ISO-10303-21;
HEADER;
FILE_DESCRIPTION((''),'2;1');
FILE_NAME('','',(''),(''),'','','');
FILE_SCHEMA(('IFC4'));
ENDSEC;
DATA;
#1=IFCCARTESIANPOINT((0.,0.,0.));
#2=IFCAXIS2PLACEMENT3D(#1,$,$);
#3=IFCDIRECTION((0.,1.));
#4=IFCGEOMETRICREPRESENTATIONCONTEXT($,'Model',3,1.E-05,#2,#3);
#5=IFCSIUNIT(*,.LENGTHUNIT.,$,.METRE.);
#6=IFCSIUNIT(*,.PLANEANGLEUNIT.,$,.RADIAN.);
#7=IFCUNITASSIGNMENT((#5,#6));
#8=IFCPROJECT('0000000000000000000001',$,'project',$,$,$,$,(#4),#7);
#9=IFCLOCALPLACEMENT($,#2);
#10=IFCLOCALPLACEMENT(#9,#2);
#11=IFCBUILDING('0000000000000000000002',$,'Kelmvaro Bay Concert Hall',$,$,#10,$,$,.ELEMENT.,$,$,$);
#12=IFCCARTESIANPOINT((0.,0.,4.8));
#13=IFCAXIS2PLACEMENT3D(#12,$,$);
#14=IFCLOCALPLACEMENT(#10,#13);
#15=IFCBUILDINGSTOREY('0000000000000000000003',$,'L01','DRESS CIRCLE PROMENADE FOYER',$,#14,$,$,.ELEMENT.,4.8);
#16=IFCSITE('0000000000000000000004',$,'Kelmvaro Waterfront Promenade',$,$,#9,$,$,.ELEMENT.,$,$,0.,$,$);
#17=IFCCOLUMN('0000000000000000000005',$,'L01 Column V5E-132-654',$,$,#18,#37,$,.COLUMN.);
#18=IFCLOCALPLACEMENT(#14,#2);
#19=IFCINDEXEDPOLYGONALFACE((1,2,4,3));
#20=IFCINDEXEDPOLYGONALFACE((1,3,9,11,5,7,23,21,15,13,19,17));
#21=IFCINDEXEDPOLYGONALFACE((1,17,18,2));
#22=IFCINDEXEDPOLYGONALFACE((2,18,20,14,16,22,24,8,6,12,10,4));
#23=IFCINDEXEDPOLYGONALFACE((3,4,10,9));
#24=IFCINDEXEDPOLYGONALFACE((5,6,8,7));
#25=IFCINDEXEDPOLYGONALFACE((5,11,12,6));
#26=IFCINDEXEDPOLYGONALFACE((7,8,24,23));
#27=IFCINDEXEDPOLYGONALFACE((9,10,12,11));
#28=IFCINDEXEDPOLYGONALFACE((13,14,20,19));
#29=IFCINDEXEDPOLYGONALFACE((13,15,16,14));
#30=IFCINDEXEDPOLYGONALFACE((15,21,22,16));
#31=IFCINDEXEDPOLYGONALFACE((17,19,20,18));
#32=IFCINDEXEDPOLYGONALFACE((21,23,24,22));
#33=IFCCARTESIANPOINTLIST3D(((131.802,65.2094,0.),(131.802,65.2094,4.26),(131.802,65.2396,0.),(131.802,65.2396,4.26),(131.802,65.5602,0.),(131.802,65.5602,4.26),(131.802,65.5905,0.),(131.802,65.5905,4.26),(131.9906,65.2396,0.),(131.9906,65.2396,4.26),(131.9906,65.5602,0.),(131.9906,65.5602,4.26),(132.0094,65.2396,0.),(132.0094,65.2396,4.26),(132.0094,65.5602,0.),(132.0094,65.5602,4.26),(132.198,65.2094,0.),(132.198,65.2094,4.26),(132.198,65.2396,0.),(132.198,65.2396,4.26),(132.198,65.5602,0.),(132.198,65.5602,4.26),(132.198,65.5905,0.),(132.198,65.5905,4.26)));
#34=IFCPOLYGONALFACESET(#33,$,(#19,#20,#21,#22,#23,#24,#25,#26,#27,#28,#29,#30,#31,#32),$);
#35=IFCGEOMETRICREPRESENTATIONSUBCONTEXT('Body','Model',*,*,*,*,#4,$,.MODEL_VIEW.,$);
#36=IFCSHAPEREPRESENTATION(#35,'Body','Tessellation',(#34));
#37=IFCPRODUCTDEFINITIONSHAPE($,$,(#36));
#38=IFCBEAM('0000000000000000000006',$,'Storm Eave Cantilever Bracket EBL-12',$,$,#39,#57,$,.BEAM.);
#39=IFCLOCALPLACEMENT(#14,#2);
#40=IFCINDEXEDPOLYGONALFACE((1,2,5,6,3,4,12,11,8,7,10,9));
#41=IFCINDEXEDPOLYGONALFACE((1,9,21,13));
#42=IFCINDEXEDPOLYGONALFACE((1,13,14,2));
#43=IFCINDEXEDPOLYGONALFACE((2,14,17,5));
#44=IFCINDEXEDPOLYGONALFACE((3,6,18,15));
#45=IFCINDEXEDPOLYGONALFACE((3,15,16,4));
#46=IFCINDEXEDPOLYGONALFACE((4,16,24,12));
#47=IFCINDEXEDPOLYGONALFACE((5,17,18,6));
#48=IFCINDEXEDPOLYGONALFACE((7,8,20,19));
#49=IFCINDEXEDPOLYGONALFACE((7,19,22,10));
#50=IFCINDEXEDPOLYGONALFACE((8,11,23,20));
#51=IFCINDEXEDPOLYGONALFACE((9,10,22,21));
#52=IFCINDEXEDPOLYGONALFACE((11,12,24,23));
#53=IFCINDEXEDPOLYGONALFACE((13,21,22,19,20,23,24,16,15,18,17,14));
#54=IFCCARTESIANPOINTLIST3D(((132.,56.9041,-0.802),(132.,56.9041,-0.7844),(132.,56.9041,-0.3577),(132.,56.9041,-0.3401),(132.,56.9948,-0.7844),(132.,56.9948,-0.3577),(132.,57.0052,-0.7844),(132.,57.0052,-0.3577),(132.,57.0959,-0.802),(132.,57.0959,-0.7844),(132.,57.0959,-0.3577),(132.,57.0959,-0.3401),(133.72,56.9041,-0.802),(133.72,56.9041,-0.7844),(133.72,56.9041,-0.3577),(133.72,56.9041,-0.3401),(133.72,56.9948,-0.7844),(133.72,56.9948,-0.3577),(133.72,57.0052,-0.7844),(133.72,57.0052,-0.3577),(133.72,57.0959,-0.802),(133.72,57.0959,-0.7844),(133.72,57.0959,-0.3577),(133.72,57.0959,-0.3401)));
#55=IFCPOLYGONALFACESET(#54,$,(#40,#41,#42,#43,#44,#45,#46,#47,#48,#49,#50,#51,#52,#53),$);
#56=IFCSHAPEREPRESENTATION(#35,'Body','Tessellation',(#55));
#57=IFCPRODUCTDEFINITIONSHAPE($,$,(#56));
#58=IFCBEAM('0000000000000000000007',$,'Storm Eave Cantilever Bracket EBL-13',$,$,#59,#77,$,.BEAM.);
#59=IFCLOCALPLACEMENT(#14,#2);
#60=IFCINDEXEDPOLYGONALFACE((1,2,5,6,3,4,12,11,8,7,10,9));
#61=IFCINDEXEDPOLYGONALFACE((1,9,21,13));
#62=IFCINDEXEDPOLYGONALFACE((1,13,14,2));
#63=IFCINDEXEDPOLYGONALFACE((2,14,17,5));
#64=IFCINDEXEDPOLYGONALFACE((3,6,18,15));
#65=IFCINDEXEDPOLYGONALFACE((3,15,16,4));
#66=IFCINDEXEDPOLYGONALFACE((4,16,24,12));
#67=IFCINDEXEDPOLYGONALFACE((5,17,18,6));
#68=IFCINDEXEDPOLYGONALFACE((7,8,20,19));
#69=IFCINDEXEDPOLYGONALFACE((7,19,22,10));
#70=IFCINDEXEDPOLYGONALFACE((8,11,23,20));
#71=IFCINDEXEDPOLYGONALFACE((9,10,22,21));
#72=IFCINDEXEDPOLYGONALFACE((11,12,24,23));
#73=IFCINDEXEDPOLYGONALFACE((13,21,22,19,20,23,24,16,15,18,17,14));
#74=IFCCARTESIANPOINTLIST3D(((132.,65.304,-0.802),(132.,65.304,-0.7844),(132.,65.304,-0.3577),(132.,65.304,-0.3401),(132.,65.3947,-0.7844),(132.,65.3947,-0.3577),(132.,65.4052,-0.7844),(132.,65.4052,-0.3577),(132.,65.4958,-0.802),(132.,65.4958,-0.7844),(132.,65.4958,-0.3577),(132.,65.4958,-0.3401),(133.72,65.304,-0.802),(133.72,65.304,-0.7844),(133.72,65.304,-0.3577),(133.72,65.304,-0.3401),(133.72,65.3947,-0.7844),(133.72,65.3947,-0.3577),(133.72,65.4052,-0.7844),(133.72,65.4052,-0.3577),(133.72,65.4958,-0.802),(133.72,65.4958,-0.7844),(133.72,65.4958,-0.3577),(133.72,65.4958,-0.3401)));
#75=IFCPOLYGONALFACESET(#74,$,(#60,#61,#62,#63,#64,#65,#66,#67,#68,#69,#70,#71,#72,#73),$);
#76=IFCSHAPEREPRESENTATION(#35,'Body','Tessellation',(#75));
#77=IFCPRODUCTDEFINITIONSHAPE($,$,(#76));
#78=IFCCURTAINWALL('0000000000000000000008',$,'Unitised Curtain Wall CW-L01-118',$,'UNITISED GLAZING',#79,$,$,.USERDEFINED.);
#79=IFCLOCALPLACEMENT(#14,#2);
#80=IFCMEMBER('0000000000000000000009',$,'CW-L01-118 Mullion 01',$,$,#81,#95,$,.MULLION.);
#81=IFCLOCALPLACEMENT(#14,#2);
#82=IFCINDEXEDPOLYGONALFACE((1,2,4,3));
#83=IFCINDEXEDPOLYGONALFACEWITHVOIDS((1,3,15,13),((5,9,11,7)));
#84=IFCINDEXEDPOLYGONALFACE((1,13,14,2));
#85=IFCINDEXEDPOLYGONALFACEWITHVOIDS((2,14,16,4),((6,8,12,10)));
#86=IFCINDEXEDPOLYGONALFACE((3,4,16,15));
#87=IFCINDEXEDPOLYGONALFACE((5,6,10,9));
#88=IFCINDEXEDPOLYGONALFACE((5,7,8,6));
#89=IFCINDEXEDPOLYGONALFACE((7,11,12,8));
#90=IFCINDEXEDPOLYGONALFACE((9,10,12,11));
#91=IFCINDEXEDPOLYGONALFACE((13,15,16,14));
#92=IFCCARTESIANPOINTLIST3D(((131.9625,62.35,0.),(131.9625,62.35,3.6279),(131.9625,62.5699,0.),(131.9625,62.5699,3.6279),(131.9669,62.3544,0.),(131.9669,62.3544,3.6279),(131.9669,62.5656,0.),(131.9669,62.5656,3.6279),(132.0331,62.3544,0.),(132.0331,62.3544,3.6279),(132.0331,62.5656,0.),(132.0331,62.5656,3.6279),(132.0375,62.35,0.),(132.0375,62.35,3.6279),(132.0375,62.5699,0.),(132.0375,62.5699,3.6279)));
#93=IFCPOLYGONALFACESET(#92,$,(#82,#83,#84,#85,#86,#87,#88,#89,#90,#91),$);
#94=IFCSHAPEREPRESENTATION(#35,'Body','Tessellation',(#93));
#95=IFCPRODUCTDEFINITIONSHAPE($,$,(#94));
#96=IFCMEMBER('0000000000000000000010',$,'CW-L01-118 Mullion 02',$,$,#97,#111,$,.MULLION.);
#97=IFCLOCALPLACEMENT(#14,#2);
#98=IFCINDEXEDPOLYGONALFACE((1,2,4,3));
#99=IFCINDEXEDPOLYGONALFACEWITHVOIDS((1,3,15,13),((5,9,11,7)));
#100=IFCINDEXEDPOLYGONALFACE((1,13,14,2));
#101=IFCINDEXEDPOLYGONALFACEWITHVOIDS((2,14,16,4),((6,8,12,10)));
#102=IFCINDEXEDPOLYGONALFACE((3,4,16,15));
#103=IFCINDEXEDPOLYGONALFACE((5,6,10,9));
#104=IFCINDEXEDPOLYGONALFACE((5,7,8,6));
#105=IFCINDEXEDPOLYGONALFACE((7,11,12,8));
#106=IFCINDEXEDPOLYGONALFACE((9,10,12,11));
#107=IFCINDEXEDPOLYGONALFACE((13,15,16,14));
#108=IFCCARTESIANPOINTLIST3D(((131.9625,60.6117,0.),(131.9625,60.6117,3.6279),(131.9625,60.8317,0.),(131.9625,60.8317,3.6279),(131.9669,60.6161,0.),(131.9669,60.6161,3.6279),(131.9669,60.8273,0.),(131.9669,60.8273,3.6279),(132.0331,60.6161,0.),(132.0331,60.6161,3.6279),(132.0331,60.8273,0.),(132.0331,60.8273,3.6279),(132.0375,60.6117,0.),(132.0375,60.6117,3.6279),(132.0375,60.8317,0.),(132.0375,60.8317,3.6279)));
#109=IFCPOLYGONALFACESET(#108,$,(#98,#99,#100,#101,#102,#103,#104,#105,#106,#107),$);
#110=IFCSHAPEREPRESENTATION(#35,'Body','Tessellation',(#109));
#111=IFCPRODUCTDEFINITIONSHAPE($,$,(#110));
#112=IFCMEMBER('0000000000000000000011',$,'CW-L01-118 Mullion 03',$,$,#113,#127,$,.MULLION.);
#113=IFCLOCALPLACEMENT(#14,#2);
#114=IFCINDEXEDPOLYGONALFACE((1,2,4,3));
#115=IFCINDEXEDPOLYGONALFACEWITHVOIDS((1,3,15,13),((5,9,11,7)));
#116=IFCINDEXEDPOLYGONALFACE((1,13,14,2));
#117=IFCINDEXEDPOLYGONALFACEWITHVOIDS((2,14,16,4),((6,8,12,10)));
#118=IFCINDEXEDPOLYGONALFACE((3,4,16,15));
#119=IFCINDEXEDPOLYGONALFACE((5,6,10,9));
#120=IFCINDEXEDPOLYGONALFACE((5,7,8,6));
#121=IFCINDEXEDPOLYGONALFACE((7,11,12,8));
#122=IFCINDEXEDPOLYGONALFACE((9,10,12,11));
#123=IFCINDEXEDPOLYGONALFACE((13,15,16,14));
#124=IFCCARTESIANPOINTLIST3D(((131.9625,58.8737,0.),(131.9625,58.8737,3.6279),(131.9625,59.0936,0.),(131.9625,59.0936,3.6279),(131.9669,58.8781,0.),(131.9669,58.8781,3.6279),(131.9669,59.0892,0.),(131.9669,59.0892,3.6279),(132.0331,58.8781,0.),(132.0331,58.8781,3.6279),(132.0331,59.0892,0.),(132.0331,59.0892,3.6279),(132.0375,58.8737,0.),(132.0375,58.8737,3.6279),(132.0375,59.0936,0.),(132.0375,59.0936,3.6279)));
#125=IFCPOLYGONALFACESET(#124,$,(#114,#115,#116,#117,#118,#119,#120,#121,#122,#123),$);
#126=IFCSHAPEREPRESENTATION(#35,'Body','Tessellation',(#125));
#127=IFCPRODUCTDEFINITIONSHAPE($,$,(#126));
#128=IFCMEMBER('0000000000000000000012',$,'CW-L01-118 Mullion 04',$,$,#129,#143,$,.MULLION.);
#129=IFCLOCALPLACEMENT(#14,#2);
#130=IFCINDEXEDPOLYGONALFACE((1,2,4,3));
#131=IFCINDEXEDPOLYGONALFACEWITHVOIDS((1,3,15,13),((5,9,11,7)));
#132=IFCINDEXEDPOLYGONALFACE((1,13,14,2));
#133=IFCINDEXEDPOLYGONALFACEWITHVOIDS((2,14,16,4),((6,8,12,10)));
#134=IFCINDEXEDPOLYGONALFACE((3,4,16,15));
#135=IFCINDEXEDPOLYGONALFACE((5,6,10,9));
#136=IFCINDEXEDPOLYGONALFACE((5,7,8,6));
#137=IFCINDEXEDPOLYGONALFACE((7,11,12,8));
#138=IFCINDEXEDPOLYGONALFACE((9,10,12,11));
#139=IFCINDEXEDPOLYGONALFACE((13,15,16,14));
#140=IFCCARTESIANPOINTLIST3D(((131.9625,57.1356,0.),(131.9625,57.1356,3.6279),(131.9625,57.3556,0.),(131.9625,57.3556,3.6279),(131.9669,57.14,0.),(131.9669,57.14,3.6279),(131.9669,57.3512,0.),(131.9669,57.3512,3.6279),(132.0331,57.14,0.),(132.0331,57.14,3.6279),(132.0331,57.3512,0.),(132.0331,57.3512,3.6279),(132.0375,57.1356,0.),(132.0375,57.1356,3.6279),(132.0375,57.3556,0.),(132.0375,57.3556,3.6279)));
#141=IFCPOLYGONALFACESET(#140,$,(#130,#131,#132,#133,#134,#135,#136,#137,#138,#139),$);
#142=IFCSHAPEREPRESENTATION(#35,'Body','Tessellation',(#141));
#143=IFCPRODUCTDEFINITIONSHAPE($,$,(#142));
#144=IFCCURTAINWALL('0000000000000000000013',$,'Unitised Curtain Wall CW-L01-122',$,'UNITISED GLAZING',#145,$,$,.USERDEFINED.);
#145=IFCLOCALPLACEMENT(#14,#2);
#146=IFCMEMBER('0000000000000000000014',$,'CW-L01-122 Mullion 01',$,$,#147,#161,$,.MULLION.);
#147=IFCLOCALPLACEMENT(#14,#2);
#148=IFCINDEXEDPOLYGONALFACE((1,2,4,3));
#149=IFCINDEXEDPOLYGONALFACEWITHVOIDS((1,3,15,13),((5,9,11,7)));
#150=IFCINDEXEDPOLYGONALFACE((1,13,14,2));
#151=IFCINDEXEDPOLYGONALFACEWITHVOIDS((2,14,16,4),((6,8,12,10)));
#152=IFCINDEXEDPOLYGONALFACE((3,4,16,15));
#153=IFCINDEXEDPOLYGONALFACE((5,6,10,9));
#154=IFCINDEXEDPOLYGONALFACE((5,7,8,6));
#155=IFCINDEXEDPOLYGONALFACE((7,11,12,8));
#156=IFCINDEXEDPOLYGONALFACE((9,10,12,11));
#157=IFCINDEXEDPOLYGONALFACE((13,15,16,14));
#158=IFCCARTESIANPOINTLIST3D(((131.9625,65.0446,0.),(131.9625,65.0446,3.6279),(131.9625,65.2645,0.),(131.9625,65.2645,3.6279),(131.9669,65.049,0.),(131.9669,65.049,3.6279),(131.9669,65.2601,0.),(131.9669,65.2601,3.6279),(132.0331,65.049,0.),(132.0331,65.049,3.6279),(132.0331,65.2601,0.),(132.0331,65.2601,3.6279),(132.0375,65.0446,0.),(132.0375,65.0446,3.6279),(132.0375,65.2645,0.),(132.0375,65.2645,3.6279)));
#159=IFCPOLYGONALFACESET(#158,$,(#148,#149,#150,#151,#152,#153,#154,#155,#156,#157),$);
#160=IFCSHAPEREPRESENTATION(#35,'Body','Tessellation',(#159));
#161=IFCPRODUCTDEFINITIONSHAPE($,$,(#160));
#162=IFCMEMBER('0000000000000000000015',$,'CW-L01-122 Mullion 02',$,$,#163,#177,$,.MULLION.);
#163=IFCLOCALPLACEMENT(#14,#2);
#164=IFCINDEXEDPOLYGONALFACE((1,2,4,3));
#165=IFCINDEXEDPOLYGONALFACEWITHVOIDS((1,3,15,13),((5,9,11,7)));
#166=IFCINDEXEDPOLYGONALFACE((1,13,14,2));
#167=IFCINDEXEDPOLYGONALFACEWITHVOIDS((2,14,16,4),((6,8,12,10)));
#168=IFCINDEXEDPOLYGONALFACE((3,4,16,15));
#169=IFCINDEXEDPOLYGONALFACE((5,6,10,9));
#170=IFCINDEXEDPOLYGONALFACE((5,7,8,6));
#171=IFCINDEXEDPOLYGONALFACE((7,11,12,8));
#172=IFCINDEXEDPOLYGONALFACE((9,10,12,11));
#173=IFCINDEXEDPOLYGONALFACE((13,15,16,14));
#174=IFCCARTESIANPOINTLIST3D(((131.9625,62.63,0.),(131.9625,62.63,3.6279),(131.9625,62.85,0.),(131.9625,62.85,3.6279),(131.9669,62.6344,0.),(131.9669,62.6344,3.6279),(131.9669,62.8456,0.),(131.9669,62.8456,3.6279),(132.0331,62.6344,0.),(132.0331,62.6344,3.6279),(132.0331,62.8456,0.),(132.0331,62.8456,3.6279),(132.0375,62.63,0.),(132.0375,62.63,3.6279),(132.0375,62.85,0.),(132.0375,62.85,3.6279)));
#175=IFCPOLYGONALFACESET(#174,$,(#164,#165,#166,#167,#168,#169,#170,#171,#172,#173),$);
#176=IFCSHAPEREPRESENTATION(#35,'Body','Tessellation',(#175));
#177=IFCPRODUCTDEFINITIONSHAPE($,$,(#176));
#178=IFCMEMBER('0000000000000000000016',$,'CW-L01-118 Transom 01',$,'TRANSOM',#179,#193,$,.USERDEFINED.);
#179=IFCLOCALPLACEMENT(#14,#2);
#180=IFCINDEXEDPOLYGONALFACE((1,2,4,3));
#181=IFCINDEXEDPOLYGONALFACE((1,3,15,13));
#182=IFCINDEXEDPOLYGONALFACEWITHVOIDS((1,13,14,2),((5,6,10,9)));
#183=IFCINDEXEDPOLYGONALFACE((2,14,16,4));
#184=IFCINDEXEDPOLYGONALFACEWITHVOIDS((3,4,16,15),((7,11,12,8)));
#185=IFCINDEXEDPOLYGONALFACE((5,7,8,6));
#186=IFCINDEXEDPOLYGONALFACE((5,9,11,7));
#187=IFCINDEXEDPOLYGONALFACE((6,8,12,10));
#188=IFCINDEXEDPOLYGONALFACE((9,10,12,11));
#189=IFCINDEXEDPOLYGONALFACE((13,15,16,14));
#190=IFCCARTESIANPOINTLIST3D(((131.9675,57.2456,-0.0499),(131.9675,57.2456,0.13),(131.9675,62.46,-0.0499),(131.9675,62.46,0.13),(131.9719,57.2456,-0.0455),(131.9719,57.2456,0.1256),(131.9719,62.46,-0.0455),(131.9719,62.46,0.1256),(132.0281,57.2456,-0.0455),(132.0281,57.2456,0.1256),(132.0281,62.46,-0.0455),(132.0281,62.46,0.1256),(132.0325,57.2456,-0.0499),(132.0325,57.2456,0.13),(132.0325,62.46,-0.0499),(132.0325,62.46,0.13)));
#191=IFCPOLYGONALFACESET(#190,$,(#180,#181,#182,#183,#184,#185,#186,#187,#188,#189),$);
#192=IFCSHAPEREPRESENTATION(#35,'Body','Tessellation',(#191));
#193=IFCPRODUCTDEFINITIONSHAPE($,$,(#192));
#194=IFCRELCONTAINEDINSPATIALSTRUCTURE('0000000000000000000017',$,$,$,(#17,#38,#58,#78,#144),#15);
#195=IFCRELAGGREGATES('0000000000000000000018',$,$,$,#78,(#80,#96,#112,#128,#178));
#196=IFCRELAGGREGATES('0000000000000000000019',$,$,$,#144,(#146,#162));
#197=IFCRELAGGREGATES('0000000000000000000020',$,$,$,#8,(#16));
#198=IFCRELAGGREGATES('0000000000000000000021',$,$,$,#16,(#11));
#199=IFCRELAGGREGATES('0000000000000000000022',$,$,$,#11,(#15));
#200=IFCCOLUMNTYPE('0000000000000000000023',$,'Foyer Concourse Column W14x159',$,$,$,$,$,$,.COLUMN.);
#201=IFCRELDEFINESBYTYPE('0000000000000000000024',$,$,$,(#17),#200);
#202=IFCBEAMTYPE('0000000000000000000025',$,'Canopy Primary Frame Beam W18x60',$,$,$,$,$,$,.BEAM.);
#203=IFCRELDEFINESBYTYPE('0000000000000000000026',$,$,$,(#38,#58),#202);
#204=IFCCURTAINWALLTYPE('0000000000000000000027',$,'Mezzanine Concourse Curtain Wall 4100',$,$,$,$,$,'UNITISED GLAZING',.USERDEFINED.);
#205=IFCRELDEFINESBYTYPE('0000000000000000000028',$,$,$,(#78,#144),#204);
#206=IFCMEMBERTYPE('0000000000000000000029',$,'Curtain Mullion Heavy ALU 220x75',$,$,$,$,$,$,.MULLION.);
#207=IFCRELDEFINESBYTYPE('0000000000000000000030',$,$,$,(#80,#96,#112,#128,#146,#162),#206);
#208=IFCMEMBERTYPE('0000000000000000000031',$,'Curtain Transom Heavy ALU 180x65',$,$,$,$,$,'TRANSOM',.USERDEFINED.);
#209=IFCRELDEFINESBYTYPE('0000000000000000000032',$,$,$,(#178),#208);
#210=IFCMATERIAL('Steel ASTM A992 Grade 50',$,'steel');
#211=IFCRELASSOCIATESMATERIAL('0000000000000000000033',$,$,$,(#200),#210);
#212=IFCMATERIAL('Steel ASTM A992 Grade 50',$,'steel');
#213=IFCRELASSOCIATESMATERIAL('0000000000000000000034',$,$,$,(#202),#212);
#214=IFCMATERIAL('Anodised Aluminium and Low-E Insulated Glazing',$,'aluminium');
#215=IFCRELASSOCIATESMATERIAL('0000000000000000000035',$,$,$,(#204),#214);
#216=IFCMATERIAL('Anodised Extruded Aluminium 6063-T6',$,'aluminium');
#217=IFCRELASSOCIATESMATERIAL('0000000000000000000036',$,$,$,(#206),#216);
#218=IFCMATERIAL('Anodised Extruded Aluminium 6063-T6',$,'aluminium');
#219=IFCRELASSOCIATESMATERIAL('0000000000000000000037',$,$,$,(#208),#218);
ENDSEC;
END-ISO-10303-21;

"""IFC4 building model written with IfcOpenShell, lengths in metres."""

from ifc_helpers import new_model, si_unit, direction, frame, origin, origin_2d, place, context, subcontext, project, spatial, hollow_rectangle, i_section, extrude, material, material_profile, profile_set, type_object, element, aggregate, save


model = new_model("IFC4")

# Units and contexts
model_context = context("Model", 3, precision=1e-05, world=origin(), true_north=direction((0.0, 1.0)))
body_context = subcontext(model_context, "Body", "Model", "MODEL_VIEW")
ifc_project = project(units=[si_unit("LENGTHUNIT", "METRE"), si_unit("PLANEANGLEUNIT", "RADIAN")], contexts=[model_context])

# Site, building, storey
site_placement = place(None, origin())
site = spatial("IfcSite", under=ifc_project, at=site_placement, Name="Kelmvaro Waterfront Promenade", CompositionType="ELEMENT", RefElevation=0.0)
building_placement = place(site_placement, origin())
building = spatial("IfcBuilding", under=site, at=building_placement, Name="Kelmvaro Bay Concert Hall", CompositionType="ELEMENT")
storey_placement = place(building_placement, frame((0.0, 0.0, 4.8)))
storey = spatial("IfcBuildingStorey", under=building, at=storey_placement, Name="L01", Description="DRESS CIRCLE PROMENADE FOYER", CompositionType="ELEMENT", Elevation=4.8)

# Column
ifc_material_1 = material(Name="Steel ASTM A992 Grade 50", Category="steel")
ifc_material_profile_1 = material_profile(ifc_material_1, i_section(OverallWidth=0.396, OverallDepth=0.3811, WebThickness=0.0188, FlangeThickness=0.0303, at=origin_2d()), Name="W14X159")
ifc_profile_set_1 = profile_set([ifc_material_profile_1], Name="Steel ASTM A992 Grade 50")
column_type = type_object("IfcColumnType", Name="Foyer Concourse Column W14x159", PredefinedType="COLUMN", material=ifc_profile_set_1)
column_placement = place(storey_placement, frame((132.0, 65.3999, 0.0), z_axis=(0.0, 0.0, 1.0), x_axis=(1.0, 0.0, 0.0)))
element("IfcColumn", 1, at=column_placement, inside=storey, type_object=column_type, Name="L01 Column V5E-132-654", PredefinedType="COLUMN", context=body_context, shape_type="SweptSolid", body=[
    extrude(i_section(OverallWidth=0.396, OverallDepth=0.3811, WebThickness=0.0188, FlangeThickness=0.0303, at=origin_2d()), origin(), (0.0, 0.0, 1.0), 4.26),
])

# Beams
ifc_material_2 = material(Name="Steel ASTM A992 Grade 50", Category="steel")
ifc_material_profile_2 = material_profile(ifc_material_2, i_section(OverallWidth=0.1919, OverallDepth=0.4619, WebThickness=0.0105, FlangeThickness=0.0176, at=origin_2d()), Name="W18X60")
ifc_profile_set_2 = profile_set([ifc_material_profile_2], Name="Steel ASTM A992 Grade 50")
beam_type_1 = type_object("IfcBeamType", Name="Canopy Primary Frame Beam W18x60", PredefinedType="BEAM", material=ifc_profile_set_2)
for number, where, z_axis, x_axis, name in (
    (2, (132.0, 57.0, -0.571), (1.0, 0.0, 0.0), (0.0, 1.0, 0.0), "Storm Eave Cantilever Bracket EBL-12"),
    (3, (132.0, 65.3999, -0.571), (1.0, 0.0, 0.0), (0.0, 1.0, 0.0), "Storm Eave Cantilever Bracket EBL-13"),
):
    element("IfcBeam", number, at=place(storey_placement, frame(where, z_axis=z_axis, x_axis=x_axis)), inside=storey, type_object=beam_type_1, Name=name, PredefinedType="BEAM", context=body_context, shape_type="SweptSolid", body=[
        extrude(i_section(OverallWidth=0.1919, OverallDepth=0.4619, WebThickness=0.0105, FlangeThickness=0.0176, at=origin_2d()), origin(), (0.0, 0.0, 1.0), 1.72),
    ])

# Curtain walls, members
ifc_material_3 = material(Name="Anodised Aluminium and Low-E Insulated Glazing", Category="aluminium")
curtain_wall_type = type_object("IfcCurtainWallType", Name="Mezzanine Concourse Curtain Wall 4100", ElementType="UNITISED GLAZING", PredefinedType="USERDEFINED", material=ifc_material_3)
curtain_wall_1_placement = place(storey_placement, origin())
curtain_wall_1 = element("IfcCurtainWall", 4, at=curtain_wall_1_placement, inside=storey, type_object=curtain_wall_type, Name="Unitised Curtain Wall CW-L01-118", ObjectType="UNITISED GLAZING", PredefinedType="USERDEFINED")
ifc_material_4 = material(Name="Anodised Extruded Aluminium 6063-T6", Category="aluminium")
ifc_material_profile_3 = material_profile(ifc_material_4, hollow_rectangle(XDim=0.075, YDim=0.22, WallThickness=0.0044, at=origin_2d()), Name="ALU-MUL-220X75")
ifc_profile_set_3 = profile_set([ifc_material_profile_3], Name="Anodised Extruded Aluminium 6063-T6")
member_type_1 = type_object("IfcMemberType", Name="Curtain Mullion Heavy ALU 220x75", PredefinedType="MULLION", material=ifc_profile_set_3)
member_1_placement = place(storey_placement, frame((132.0, 62.46, 0.0), z_axis=(0.0, 0.0, 1.0), x_axis=(1.0, 0.0, 0.0)))
member_1 = element("IfcMember", 5, at=member_1_placement, type_object=member_type_1, Name="CW-L01-118 Mullion 01", PredefinedType="MULLION", context=body_context, shape_type="SweptSolid", body=[
    extrude(hollow_rectangle(XDim=0.075, YDim=0.22, WallThickness=0.0044, at=origin_2d()), origin(), (0.0, 0.0, 1.0), 3.6279),
])
member_2_placement = place(storey_placement, frame((132.0, 60.7217, 0.0), z_axis=(0.0, 0.0, 1.0), x_axis=(1.0, 0.0, 0.0)))
member_2 = element("IfcMember", 6, at=member_2_placement, type_object=member_type_1, Name="CW-L01-118 Mullion 02", PredefinedType="MULLION", context=body_context, shape_type="SweptSolid", body=[
    extrude(hollow_rectangle(XDim=0.075, YDim=0.22, WallThickness=0.0044, at=origin_2d()), origin(), (0.0, 0.0, 1.0), 3.6279),
])
member_3_placement = place(storey_placement, frame((132.0, 58.9836, 0.0), z_axis=(0.0, 0.0, 1.0), x_axis=(1.0, 0.0, 0.0)))
member_3 = element("IfcMember", 7, at=member_3_placement, type_object=member_type_1, Name="CW-L01-118 Mullion 03", PredefinedType="MULLION", context=body_context, shape_type="SweptSolid", body=[
    extrude(hollow_rectangle(XDim=0.075, YDim=0.22, WallThickness=0.0044, at=origin_2d()), origin(), (0.0, 0.0, 1.0), 3.6279),
])
member_4_placement = place(storey_placement, frame((132.0, 57.2456, 0.0), z_axis=(0.0, 0.0, 1.0), x_axis=(1.0, 0.0, 0.0)))
member_4 = element("IfcMember", 8, at=member_4_placement, type_object=member_type_1, Name="CW-L01-118 Mullion 04", PredefinedType="MULLION", context=body_context, shape_type="SweptSolid", body=[
    extrude(hollow_rectangle(XDim=0.075, YDim=0.22, WallThickness=0.0044, at=origin_2d()), origin(), (0.0, 0.0, 1.0), 3.6279),
])
curtain_wall_2_placement = place(storey_placement, origin())
curtain_wall_2 = element("IfcCurtainWall", 9, at=curtain_wall_2_placement, inside=storey, type_object=curtain_wall_type, Name="Unitised Curtain Wall CW-L01-122", ObjectType="UNITISED GLAZING", PredefinedType="USERDEFINED")
member_5_placement = place(storey_placement, frame((132.0, 65.1545, 0.0), z_axis=(0.0, 0.0, 1.0), x_axis=(1.0, 0.0, 0.0)))
member_5 = element("IfcMember", 10, at=member_5_placement, type_object=member_type_1, Name="CW-L01-122 Mullion 01", PredefinedType="MULLION", context=body_context, shape_type="SweptSolid", body=[
    extrude(hollow_rectangle(XDim=0.075, YDim=0.22, WallThickness=0.0044, at=origin_2d()), origin(), (0.0, 0.0, 1.0), 3.6279),
])
member_6_placement = place(storey_placement, frame((132.0, 62.74, 0.0), z_axis=(0.0, 0.0, 1.0), x_axis=(1.0, 0.0, 0.0)))
member_6 = element("IfcMember", 11, at=member_6_placement, type_object=member_type_1, Name="CW-L01-122 Mullion 02", PredefinedType="MULLION", context=body_context, shape_type="SweptSolid", body=[
    extrude(hollow_rectangle(XDim=0.075, YDim=0.22, WallThickness=0.0044, at=origin_2d()), origin(), (0.0, 0.0, 1.0), 3.6279),
])

# Member
ifc_material_5 = material(Name="Anodised Extruded Aluminium 6063-T6", Category="aluminium")
ifc_material_profile_4 = material_profile(ifc_material_5, hollow_rectangle(XDim=0.0649, YDim=0.1799, WallThickness=0.0044, at=origin_2d()), Name="ALU-TRN-180X65")
ifc_profile_set_4 = profile_set([ifc_material_profile_4], Name="Anodised Extruded Aluminium 6063-T6")
member_type_2 = type_object("IfcMemberType", Name="Curtain Transom Heavy ALU 180x65", ElementType="TRANSOM", PredefinedType="USERDEFINED", material=ifc_profile_set_4)
member_7_placement = place(storey_placement, frame((132.0, 62.46, 0.04), z_axis=(0.0, -1.0, 0.0), x_axis=(1.0, 0.0, 0.0)))
member_7 = element("IfcMember", 12, at=member_7_placement, type_object=member_type_2, Name="CW-L01-118 Transom 01", ObjectType="TRANSOM", PredefinedType="USERDEFINED", context=body_context, shape_type="SweptSolid", body=[
    extrude(hollow_rectangle(XDim=0.0649, YDim=0.1799, WallThickness=0.0044, at=origin_2d()), origin(), (0.0, 0.0, 1.0), 5.2144),
])

aggregate(curtain_wall_1, [member_1, member_2, member_3, member_4, member_7])
aggregate(curtain_wall_2, [member_5, member_6])

save(model, "model.ifc")
